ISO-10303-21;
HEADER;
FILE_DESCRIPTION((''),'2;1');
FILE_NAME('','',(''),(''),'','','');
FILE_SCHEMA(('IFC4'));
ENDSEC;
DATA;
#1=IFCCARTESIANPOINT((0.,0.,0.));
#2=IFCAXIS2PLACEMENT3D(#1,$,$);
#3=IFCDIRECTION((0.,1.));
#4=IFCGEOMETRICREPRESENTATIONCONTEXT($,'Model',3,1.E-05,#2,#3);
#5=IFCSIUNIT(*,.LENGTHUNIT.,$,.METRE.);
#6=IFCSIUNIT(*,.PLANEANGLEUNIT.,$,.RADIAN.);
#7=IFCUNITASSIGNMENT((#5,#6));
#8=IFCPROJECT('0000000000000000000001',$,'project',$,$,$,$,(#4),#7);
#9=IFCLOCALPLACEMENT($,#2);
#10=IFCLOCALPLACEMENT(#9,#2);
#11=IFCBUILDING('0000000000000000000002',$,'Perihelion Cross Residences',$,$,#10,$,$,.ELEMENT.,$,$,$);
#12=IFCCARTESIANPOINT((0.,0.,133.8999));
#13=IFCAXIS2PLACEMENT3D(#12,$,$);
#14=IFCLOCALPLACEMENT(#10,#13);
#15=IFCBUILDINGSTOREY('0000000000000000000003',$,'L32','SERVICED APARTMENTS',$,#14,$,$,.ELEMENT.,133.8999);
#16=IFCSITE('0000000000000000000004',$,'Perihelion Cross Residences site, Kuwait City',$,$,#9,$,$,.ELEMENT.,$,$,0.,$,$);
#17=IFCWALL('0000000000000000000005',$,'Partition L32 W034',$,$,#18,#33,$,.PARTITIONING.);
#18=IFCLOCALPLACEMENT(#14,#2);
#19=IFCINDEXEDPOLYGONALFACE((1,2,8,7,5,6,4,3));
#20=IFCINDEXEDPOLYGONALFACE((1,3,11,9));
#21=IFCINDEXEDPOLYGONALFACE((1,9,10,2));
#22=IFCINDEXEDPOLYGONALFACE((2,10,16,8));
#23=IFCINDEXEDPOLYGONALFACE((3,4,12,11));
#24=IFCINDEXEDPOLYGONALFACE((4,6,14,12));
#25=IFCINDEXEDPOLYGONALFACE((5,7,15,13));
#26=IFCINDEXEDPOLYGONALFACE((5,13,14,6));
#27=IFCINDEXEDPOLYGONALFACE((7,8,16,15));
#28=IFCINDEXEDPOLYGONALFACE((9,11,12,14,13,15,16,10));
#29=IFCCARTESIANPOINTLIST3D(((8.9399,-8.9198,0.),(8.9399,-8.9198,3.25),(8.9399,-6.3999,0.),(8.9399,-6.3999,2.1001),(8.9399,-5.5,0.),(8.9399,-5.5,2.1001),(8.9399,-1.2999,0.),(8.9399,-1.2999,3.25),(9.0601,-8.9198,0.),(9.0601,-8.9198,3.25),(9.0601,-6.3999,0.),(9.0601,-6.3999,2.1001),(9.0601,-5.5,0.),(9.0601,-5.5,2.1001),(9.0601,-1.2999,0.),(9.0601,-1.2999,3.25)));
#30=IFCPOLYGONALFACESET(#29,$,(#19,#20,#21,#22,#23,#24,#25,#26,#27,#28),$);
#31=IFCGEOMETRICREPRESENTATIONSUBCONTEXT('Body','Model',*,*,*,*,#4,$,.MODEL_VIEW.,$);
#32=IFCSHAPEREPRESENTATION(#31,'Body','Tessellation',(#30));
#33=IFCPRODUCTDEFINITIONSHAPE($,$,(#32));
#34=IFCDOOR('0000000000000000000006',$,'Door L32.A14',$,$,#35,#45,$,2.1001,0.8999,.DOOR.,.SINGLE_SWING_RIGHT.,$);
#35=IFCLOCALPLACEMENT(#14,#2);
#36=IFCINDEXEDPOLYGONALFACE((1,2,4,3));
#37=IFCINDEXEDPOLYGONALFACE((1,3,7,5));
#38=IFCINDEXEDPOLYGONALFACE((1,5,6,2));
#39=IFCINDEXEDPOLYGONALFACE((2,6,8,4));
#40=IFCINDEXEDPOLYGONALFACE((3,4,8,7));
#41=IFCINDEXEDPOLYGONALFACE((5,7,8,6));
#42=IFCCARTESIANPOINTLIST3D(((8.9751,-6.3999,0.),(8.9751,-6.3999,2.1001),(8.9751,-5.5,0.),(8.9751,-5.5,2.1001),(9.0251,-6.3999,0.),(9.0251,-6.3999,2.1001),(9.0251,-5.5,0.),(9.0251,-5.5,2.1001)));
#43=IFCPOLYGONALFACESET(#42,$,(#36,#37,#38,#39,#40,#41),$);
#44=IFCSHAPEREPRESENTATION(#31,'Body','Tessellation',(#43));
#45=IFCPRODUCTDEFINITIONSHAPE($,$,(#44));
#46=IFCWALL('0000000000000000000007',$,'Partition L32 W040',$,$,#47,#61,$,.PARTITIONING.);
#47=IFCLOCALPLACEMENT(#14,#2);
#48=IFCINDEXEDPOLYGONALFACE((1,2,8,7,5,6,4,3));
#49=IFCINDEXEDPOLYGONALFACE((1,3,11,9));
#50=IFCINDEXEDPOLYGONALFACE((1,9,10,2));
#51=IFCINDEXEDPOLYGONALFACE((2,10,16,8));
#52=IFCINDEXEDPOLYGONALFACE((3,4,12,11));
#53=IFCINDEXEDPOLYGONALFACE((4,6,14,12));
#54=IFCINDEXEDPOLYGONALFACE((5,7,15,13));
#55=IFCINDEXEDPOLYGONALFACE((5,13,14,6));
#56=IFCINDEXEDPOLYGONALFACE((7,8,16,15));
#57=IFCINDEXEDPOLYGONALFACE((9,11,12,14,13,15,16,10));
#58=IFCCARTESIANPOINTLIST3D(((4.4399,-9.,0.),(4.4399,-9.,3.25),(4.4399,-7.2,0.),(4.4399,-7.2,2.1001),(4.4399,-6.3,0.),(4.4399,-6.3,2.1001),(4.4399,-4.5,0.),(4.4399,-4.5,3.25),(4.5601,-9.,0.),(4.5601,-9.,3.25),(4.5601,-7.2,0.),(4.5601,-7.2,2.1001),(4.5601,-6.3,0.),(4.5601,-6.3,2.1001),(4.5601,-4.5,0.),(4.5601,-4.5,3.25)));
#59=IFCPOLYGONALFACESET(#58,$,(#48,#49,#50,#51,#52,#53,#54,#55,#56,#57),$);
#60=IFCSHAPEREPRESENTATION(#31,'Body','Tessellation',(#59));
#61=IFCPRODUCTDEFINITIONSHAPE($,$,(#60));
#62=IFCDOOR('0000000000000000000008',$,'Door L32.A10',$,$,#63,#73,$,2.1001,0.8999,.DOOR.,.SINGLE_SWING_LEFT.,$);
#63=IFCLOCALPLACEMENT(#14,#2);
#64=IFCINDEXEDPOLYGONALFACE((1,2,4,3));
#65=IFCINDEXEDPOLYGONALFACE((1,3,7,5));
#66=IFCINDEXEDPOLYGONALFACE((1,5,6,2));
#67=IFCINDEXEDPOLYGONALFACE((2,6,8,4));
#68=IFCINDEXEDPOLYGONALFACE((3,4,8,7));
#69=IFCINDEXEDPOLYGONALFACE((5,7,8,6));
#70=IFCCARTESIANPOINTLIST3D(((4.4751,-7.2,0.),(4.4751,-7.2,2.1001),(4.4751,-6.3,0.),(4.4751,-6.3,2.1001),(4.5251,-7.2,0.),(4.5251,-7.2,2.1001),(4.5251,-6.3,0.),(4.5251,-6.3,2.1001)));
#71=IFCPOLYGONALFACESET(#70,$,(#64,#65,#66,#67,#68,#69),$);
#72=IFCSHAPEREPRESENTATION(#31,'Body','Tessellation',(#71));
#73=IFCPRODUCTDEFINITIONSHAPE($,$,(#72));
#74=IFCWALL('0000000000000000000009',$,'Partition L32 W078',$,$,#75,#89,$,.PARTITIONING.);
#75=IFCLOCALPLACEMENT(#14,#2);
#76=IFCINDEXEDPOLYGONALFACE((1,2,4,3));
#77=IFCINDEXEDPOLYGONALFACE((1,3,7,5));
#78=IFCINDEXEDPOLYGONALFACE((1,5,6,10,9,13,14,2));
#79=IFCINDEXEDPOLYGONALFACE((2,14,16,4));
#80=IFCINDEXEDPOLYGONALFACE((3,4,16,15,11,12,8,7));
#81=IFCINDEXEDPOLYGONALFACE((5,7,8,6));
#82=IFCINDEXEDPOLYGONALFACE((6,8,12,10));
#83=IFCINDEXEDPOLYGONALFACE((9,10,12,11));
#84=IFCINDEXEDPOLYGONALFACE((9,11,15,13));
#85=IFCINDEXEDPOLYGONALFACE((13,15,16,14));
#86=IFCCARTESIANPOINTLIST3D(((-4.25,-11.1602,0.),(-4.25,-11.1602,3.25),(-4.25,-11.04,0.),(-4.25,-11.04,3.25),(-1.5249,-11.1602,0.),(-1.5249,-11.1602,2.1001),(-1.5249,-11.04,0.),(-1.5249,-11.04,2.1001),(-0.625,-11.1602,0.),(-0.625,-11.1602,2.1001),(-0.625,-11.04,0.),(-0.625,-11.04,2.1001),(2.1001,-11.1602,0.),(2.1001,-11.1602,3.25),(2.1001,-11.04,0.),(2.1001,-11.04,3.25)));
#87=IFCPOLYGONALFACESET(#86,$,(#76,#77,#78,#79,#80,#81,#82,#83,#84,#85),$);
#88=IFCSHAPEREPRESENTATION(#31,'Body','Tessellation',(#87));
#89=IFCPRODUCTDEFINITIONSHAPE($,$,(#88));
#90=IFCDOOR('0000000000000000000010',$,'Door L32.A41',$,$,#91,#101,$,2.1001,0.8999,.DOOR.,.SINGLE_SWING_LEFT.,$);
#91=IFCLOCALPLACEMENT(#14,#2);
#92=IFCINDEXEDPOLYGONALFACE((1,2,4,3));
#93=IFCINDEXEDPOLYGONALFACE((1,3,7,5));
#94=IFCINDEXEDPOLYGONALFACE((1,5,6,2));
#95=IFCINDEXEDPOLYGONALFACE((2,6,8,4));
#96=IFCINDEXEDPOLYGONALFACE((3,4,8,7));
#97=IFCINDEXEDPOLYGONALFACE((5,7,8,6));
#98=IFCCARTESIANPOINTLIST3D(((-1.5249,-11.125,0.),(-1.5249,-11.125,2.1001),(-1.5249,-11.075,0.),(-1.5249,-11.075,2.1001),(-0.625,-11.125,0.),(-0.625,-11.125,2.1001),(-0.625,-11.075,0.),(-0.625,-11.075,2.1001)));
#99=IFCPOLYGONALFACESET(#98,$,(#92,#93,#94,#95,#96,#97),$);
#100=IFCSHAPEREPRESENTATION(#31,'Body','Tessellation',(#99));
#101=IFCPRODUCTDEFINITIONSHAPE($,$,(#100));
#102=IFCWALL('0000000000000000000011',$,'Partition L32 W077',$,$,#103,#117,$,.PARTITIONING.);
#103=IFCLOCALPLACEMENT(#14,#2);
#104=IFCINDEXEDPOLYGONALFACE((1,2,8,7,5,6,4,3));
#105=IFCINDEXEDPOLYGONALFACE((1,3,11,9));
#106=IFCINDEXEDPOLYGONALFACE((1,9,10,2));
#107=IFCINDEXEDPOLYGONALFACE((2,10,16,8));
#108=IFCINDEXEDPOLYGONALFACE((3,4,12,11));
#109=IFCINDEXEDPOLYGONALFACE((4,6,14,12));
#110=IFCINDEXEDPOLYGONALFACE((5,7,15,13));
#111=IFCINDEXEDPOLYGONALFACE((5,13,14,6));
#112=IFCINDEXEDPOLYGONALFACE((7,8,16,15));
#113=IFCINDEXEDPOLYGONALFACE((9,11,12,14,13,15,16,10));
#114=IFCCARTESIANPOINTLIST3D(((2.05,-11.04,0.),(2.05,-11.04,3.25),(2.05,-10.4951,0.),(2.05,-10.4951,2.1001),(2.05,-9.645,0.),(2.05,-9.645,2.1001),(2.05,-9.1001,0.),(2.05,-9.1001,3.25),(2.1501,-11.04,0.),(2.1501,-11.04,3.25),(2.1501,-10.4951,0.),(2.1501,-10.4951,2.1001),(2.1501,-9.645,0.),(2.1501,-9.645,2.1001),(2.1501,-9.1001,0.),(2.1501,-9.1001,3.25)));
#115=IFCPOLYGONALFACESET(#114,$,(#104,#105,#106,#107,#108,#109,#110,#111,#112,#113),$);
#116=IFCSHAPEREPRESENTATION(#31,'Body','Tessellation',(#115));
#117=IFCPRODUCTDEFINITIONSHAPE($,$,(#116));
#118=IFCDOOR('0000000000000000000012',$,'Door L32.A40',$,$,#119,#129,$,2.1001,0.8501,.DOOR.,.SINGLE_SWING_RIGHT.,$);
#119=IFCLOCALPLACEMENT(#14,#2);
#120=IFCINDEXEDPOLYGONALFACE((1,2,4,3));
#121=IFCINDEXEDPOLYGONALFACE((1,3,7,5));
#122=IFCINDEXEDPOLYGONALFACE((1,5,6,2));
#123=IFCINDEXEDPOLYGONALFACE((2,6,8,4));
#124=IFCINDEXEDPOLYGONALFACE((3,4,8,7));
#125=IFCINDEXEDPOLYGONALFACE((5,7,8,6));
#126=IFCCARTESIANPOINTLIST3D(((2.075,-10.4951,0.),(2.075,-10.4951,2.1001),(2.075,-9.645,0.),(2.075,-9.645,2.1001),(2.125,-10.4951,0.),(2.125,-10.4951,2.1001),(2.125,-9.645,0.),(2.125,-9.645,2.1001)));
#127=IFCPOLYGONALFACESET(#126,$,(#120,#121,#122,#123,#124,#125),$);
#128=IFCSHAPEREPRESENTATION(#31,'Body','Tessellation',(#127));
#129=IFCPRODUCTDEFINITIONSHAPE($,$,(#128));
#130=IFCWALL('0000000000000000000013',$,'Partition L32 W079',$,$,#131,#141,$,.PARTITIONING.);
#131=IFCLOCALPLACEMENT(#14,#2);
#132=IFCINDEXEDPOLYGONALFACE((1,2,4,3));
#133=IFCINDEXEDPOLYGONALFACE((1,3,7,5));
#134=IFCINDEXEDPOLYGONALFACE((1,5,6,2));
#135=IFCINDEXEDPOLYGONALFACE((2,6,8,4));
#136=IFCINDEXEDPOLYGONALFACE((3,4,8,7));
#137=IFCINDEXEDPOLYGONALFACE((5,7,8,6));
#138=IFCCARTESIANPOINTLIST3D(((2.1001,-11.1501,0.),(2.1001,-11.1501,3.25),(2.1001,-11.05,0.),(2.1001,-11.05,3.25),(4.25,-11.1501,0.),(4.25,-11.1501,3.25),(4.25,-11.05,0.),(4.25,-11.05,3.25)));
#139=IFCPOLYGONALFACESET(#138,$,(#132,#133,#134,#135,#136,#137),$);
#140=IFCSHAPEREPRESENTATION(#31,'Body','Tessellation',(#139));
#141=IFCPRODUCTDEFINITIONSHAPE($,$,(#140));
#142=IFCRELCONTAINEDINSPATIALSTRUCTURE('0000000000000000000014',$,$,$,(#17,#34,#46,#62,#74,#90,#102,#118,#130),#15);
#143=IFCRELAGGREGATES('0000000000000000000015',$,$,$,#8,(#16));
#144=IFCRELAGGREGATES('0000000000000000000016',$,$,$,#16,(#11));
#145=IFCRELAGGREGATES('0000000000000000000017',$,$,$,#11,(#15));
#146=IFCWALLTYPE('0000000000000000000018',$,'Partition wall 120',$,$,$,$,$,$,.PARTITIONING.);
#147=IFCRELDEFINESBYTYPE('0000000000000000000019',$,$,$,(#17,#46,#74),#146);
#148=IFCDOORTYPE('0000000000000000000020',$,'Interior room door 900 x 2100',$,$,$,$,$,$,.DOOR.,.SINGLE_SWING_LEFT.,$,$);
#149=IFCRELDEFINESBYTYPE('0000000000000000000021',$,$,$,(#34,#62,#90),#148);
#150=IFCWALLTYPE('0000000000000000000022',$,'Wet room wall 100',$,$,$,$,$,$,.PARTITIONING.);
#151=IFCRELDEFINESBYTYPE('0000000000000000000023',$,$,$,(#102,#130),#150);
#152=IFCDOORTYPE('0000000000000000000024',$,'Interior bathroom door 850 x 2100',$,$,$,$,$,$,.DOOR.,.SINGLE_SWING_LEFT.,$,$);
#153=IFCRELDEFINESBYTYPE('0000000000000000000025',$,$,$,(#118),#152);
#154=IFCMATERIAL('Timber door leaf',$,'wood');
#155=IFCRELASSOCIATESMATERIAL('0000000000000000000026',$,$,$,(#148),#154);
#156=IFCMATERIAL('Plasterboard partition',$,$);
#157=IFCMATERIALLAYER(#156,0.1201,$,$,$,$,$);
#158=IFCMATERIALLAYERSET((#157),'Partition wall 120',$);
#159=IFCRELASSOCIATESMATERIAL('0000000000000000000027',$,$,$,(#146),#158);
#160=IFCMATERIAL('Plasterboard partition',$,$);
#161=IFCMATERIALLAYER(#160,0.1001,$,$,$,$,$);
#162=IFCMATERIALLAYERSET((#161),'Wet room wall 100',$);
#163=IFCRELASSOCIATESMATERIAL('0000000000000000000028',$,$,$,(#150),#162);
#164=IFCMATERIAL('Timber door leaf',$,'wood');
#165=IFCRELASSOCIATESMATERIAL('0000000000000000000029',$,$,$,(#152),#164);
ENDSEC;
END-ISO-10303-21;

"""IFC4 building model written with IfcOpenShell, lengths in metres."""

from ifc_helpers import new_model, si_unit, direction, frame, frame_2d, origin, place, context, subcontext, project, spatial, rectangle, extrude, material, layer, layer_set, type_object, element, fill, save


model = new_model("IFC4")

# Units and contexts
model_context = context("Model", 3, precision=1e-05, world=origin(), true_north=direction((0.0, 1.0)))
body_context = subcontext(model_context, "Body", "Model", "MODEL_VIEW")
ifc_project = project(units=[si_unit("LENGTHUNIT", "METRE"), si_unit("PLANEANGLEUNIT", "RADIAN")], contexts=[model_context])

# Site, building, storey
site_placement = place(None, origin())
site = spatial("IfcSite", under=ifc_project, at=site_placement, Name="Perihelion Cross Residences site, Kuwait City", CompositionType="ELEMENT", RefElevation=0.0)
building_placement = place(site_placement, origin())
building = spatial("IfcBuilding", under=site, at=building_placement, Name="Perihelion Cross Residences", CompositionType="ELEMENT")
storey_placement = place(building_placement, frame((0.0, 0.0, 133.8999)))
storey = spatial("IfcBuildingStorey", under=building, at=storey_placement, Name="L32", Description="SERVICED APARTMENTS", CompositionType="ELEMENT", Elevation=133.8999)

# Shared definitions
ifc_material_1 = material(Name="Timber door leaf", Category="wood")
door_type_1 = type_object("IfcDoorType", Name="Interior room door 900 x 2100", OperationType="SINGLE_SWING_LEFT", PredefinedType="DOOR", material=ifc_material_1)

# Shared definitions
ifc_material_2 = material(Name="Plasterboard partition")
ifc_layer_1 = layer(ifc_material_2, 0.1201)
ifc_layer_set_1 = layer_set([ifc_layer_1], Name="Partition wall 120")
wall_type_1 = type_object("IfcWallType", Name="Partition wall 120", PredefinedType="PARTITIONING", material=ifc_layer_set_1)

# Walls, openings, doors
wall_1_placement = place(storey_placement, frame((9.0, -8.9199, 0.0), z_axis=(0.0, 0.0, 1.0), x_axis=(0.0, 1.0, 0.0)))
wall_1 = element("IfcWall", 1, at=wall_1_placement, inside=storey, type_object=wall_type_1, Name="Partition L32 W034", PredefinedType="PARTITIONING", context=body_context, shape_type="SweptSolid", body=[
    extrude(rectangle(XDim=7.6199, YDim=0.1201, at=frame_2d((3.8101, 0.0))), origin(), (0.0, 0.0, 1.0), 3.25),
])
opening_1_placement = place(wall_1_placement, frame((2.52, 0.0, 0.0)))
opening_1 = element("IfcOpeningElement", 2, at=opening_1_placement, cuts=wall_1, PredefinedType="OPENING", context=body_context, shape_type="SweptSolid", body=[
    extrude(rectangle(XDim=0.8999, YDim=2.1001, at=frame_2d((0.45, 1.05))), frame((0.0, 0.0701, 0.0), z_axis=(0.0, -1.0, 0.0), x_axis=(1.0, 0.0, 0.0)), (0.0, 0.0, 1.0), 0.1401),
])
door_1_placement = place(opening_1_placement, origin())
door_1 = element("IfcDoor", 3, at=door_1_placement, inside=storey, type_object=door_type_1, Name="Door L32.A14", OperationType="SINGLE_SWING_RIGHT", OverallHeight=2.1001, OverallWidth=0.8999, PredefinedType="DOOR", context=body_context, shape_type="SweptSolid", body=[
    extrude(rectangle(XDim=0.8999, YDim=2.1001, at=frame_2d((0.45, 1.05))), frame((0.0, 0.0249, 0.0), z_axis=(0.0, -1.0, 0.0), x_axis=(1.0, 0.0, 0.0)), (0.0, 0.0, 1.0), 0.05),
])
fill(opening_1, door_1)
wall_2_placement = place(storey_placement, frame((4.5, -9.0, 0.0), z_axis=(0.0, 0.0, 1.0), x_axis=(0.0, 1.0, 0.0)))
wall_2 = element("IfcWall", 4, at=wall_2_placement, inside=storey, type_object=wall_type_1, Name="Partition L32 W040", PredefinedType="PARTITIONING", context=body_context, shape_type="SweptSolid", body=[
    extrude(rectangle(XDim=4.5, YDim=0.1201, at=frame_2d((2.25, 0.0))), origin(), (0.0, 0.0, 1.0), 3.25),
])
opening_2_placement = place(wall_2_placement, frame((1.8, 0.0, 0.0)))
opening_2 = element("IfcOpeningElement", 5, at=opening_2_placement, cuts=wall_2, PredefinedType="OPENING", context=body_context, shape_type="SweptSolid", body=[
    extrude(rectangle(XDim=0.8999, YDim=2.1001, at=frame_2d((0.45, 1.05))), frame((0.0, 0.0701, 0.0), z_axis=(0.0, -1.0, 0.0), x_axis=(1.0, 0.0, 0.0)), (0.0, 0.0, 1.0), 0.1401),
])
door_2_placement = place(opening_2_placement, origin())
door_2 = element("IfcDoor", 6, at=door_2_placement, inside=storey, type_object=door_type_1, Name="Door L32.A10", OperationType="SINGLE_SWING_LEFT", OverallHeight=2.1001, OverallWidth=0.8999, PredefinedType="DOOR", context=body_context, shape_type="SweptSolid", body=[
    extrude(rectangle(XDim=0.8999, YDim=2.1001, at=frame_2d((0.45, 1.05))), frame((0.0, 0.0249, 0.0), z_axis=(0.0, -1.0, 0.0), x_axis=(1.0, 0.0, 0.0)), (0.0, 0.0, 1.0), 0.05),
])
fill(opening_2, door_2)
wall_3_placement = place(storey_placement, frame((2.1001, -11.1001, 0.0), z_axis=(0.0, 0.0, 1.0), x_axis=(-1.0, 0.0, 0.0)))
wall_3 = element("IfcWall", 7, at=wall_3_placement, inside=storey, type_object=wall_type_1, Name="Partition L32 W078", PredefinedType="PARTITIONING", context=body_context, shape_type="SweptSolid", body=[
    extrude(rectangle(XDim=6.3501, YDim=0.1201, at=frame_2d((3.175, 0.0))), origin(), (0.0, 0.0, 1.0), 3.25),
])
opening_3_placement = place(wall_3_placement, frame((2.7251, 0.0, 0.0)))
opening_3 = element("IfcOpeningElement", 8, at=opening_3_placement, cuts=wall_3, PredefinedType="OPENING", context=body_context, shape_type="SweptSolid", body=[
    extrude(rectangle(XDim=0.8999, YDim=2.1001, at=frame_2d((0.45, 1.05))), frame((0.0, 0.0701, 0.0), z_axis=(0.0, -1.0, 0.0), x_axis=(1.0, 0.0, 0.0)), (0.0, 0.0, 1.0), 0.1401),
])
door_3_placement = place(opening_3_placement, origin())
door_3 = element("IfcDoor", 9, at=door_3_placement, inside=storey, type_object=door_type_1, Name="Door L32.A41", OperationType="SINGLE_SWING_LEFT", OverallHeight=2.1001, OverallWidth=0.8999, PredefinedType="DOOR", context=body_context, shape_type="SweptSolid", body=[
    extrude(rectangle(XDim=0.8999, YDim=2.1001, at=frame_2d((0.45, 1.05))), frame((0.0, 0.0249, 0.0), z_axis=(0.0, -1.0, 0.0), x_axis=(1.0, 0.0, 0.0)), (0.0, 0.0, 1.0), 0.05),
])
fill(opening_3, door_3)
ifc_material_3 = material(Name="Plasterboard partition")
ifc_layer_2 = layer(ifc_material_3, 0.1001)
ifc_layer_set_2 = layer_set([ifc_layer_2], Name="Wet room wall 100")
wall_type_2 = type_object("IfcWallType", Name="Wet room wall 100", PredefinedType="PARTITIONING", material=ifc_layer_set_2)
wall_4_placement = place(storey_placement, frame((2.1001, -9.1001, 0.0), z_axis=(0.0, 0.0, 1.0), x_axis=(0.0, -1.0, 0.0)))
wall_4 = element("IfcWall", 10, at=wall_4_placement, inside=storey, type_object=wall_type_2, Name="Partition L32 W077", PredefinedType="PARTITIONING", context=body_context, shape_type="SweptSolid", body=[
    extrude(rectangle(XDim=1.9399, YDim=0.1001, at=frame_2d((0.97, 0.0))), origin(), (0.0, 0.0, 1.0), 3.25),
])
opening_4_placement = place(wall_4_placement, frame((0.5449, 0.0, 0.0)))
opening_4 = element("IfcOpeningElement", 11, at=opening_4_placement, cuts=wall_4, PredefinedType="OPENING", context=body_context, shape_type="SweptSolid", body=[
    extrude(rectangle(XDim=0.8501, YDim=2.1001, at=frame_2d((0.425, 1.05))), frame((0.0, 0.0601, 0.0), z_axis=(0.0, -1.0, 0.0), x_axis=(1.0, 0.0, 0.0)), (0.0, 0.0, 1.0), 0.1201),
])
ifc_material_4 = material(Name="Timber door leaf", Category="wood")
door_type_2 = type_object("IfcDoorType", Name="Interior bathroom door 850 x 2100", OperationType="SINGLE_SWING_LEFT", PredefinedType="DOOR", material=ifc_material_4)
door_4_placement = place(opening_4_placement, origin())
door_4 = element("IfcDoor", 12, at=door_4_placement, inside=storey, type_object=door_type_2, Name="Door L32.A40", OperationType="SINGLE_SWING_RIGHT", OverallHeight=2.1001, OverallWidth=0.8501, PredefinedType="DOOR", context=body_context, shape_type="SweptSolid", body=[
    extrude(rectangle(XDim=0.8501, YDim=2.1001, at=frame_2d((0.425, 1.05))), frame((0.0, 0.0249, 0.0), z_axis=(0.0, -1.0, 0.0), x_axis=(1.0, 0.0, 0.0)), (0.0, 0.0, 1.0), 0.05),
])
fill(opening_4, door_4)

# Wall
wall_5_placement = place(storey_placement, frame((4.25, -11.1001, 0.0), z_axis=(0.0, 0.0, 1.0), x_axis=(-1.0, 0.0, 0.0)))
element("IfcWall", 13, at=wall_5_placement, inside=storey, type_object=wall_type_2, Name="Partition L32 W079", PredefinedType="PARTITIONING", context=body_context, shape_type="SweptSolid", body=[
    extrude(rectangle(XDim=2.1499, YDim=0.1001, at=frame_2d((1.075, 0.0))), origin(), (0.0, 0.0, 1.0), 3.25),
])

save(model, "model.ifc")
